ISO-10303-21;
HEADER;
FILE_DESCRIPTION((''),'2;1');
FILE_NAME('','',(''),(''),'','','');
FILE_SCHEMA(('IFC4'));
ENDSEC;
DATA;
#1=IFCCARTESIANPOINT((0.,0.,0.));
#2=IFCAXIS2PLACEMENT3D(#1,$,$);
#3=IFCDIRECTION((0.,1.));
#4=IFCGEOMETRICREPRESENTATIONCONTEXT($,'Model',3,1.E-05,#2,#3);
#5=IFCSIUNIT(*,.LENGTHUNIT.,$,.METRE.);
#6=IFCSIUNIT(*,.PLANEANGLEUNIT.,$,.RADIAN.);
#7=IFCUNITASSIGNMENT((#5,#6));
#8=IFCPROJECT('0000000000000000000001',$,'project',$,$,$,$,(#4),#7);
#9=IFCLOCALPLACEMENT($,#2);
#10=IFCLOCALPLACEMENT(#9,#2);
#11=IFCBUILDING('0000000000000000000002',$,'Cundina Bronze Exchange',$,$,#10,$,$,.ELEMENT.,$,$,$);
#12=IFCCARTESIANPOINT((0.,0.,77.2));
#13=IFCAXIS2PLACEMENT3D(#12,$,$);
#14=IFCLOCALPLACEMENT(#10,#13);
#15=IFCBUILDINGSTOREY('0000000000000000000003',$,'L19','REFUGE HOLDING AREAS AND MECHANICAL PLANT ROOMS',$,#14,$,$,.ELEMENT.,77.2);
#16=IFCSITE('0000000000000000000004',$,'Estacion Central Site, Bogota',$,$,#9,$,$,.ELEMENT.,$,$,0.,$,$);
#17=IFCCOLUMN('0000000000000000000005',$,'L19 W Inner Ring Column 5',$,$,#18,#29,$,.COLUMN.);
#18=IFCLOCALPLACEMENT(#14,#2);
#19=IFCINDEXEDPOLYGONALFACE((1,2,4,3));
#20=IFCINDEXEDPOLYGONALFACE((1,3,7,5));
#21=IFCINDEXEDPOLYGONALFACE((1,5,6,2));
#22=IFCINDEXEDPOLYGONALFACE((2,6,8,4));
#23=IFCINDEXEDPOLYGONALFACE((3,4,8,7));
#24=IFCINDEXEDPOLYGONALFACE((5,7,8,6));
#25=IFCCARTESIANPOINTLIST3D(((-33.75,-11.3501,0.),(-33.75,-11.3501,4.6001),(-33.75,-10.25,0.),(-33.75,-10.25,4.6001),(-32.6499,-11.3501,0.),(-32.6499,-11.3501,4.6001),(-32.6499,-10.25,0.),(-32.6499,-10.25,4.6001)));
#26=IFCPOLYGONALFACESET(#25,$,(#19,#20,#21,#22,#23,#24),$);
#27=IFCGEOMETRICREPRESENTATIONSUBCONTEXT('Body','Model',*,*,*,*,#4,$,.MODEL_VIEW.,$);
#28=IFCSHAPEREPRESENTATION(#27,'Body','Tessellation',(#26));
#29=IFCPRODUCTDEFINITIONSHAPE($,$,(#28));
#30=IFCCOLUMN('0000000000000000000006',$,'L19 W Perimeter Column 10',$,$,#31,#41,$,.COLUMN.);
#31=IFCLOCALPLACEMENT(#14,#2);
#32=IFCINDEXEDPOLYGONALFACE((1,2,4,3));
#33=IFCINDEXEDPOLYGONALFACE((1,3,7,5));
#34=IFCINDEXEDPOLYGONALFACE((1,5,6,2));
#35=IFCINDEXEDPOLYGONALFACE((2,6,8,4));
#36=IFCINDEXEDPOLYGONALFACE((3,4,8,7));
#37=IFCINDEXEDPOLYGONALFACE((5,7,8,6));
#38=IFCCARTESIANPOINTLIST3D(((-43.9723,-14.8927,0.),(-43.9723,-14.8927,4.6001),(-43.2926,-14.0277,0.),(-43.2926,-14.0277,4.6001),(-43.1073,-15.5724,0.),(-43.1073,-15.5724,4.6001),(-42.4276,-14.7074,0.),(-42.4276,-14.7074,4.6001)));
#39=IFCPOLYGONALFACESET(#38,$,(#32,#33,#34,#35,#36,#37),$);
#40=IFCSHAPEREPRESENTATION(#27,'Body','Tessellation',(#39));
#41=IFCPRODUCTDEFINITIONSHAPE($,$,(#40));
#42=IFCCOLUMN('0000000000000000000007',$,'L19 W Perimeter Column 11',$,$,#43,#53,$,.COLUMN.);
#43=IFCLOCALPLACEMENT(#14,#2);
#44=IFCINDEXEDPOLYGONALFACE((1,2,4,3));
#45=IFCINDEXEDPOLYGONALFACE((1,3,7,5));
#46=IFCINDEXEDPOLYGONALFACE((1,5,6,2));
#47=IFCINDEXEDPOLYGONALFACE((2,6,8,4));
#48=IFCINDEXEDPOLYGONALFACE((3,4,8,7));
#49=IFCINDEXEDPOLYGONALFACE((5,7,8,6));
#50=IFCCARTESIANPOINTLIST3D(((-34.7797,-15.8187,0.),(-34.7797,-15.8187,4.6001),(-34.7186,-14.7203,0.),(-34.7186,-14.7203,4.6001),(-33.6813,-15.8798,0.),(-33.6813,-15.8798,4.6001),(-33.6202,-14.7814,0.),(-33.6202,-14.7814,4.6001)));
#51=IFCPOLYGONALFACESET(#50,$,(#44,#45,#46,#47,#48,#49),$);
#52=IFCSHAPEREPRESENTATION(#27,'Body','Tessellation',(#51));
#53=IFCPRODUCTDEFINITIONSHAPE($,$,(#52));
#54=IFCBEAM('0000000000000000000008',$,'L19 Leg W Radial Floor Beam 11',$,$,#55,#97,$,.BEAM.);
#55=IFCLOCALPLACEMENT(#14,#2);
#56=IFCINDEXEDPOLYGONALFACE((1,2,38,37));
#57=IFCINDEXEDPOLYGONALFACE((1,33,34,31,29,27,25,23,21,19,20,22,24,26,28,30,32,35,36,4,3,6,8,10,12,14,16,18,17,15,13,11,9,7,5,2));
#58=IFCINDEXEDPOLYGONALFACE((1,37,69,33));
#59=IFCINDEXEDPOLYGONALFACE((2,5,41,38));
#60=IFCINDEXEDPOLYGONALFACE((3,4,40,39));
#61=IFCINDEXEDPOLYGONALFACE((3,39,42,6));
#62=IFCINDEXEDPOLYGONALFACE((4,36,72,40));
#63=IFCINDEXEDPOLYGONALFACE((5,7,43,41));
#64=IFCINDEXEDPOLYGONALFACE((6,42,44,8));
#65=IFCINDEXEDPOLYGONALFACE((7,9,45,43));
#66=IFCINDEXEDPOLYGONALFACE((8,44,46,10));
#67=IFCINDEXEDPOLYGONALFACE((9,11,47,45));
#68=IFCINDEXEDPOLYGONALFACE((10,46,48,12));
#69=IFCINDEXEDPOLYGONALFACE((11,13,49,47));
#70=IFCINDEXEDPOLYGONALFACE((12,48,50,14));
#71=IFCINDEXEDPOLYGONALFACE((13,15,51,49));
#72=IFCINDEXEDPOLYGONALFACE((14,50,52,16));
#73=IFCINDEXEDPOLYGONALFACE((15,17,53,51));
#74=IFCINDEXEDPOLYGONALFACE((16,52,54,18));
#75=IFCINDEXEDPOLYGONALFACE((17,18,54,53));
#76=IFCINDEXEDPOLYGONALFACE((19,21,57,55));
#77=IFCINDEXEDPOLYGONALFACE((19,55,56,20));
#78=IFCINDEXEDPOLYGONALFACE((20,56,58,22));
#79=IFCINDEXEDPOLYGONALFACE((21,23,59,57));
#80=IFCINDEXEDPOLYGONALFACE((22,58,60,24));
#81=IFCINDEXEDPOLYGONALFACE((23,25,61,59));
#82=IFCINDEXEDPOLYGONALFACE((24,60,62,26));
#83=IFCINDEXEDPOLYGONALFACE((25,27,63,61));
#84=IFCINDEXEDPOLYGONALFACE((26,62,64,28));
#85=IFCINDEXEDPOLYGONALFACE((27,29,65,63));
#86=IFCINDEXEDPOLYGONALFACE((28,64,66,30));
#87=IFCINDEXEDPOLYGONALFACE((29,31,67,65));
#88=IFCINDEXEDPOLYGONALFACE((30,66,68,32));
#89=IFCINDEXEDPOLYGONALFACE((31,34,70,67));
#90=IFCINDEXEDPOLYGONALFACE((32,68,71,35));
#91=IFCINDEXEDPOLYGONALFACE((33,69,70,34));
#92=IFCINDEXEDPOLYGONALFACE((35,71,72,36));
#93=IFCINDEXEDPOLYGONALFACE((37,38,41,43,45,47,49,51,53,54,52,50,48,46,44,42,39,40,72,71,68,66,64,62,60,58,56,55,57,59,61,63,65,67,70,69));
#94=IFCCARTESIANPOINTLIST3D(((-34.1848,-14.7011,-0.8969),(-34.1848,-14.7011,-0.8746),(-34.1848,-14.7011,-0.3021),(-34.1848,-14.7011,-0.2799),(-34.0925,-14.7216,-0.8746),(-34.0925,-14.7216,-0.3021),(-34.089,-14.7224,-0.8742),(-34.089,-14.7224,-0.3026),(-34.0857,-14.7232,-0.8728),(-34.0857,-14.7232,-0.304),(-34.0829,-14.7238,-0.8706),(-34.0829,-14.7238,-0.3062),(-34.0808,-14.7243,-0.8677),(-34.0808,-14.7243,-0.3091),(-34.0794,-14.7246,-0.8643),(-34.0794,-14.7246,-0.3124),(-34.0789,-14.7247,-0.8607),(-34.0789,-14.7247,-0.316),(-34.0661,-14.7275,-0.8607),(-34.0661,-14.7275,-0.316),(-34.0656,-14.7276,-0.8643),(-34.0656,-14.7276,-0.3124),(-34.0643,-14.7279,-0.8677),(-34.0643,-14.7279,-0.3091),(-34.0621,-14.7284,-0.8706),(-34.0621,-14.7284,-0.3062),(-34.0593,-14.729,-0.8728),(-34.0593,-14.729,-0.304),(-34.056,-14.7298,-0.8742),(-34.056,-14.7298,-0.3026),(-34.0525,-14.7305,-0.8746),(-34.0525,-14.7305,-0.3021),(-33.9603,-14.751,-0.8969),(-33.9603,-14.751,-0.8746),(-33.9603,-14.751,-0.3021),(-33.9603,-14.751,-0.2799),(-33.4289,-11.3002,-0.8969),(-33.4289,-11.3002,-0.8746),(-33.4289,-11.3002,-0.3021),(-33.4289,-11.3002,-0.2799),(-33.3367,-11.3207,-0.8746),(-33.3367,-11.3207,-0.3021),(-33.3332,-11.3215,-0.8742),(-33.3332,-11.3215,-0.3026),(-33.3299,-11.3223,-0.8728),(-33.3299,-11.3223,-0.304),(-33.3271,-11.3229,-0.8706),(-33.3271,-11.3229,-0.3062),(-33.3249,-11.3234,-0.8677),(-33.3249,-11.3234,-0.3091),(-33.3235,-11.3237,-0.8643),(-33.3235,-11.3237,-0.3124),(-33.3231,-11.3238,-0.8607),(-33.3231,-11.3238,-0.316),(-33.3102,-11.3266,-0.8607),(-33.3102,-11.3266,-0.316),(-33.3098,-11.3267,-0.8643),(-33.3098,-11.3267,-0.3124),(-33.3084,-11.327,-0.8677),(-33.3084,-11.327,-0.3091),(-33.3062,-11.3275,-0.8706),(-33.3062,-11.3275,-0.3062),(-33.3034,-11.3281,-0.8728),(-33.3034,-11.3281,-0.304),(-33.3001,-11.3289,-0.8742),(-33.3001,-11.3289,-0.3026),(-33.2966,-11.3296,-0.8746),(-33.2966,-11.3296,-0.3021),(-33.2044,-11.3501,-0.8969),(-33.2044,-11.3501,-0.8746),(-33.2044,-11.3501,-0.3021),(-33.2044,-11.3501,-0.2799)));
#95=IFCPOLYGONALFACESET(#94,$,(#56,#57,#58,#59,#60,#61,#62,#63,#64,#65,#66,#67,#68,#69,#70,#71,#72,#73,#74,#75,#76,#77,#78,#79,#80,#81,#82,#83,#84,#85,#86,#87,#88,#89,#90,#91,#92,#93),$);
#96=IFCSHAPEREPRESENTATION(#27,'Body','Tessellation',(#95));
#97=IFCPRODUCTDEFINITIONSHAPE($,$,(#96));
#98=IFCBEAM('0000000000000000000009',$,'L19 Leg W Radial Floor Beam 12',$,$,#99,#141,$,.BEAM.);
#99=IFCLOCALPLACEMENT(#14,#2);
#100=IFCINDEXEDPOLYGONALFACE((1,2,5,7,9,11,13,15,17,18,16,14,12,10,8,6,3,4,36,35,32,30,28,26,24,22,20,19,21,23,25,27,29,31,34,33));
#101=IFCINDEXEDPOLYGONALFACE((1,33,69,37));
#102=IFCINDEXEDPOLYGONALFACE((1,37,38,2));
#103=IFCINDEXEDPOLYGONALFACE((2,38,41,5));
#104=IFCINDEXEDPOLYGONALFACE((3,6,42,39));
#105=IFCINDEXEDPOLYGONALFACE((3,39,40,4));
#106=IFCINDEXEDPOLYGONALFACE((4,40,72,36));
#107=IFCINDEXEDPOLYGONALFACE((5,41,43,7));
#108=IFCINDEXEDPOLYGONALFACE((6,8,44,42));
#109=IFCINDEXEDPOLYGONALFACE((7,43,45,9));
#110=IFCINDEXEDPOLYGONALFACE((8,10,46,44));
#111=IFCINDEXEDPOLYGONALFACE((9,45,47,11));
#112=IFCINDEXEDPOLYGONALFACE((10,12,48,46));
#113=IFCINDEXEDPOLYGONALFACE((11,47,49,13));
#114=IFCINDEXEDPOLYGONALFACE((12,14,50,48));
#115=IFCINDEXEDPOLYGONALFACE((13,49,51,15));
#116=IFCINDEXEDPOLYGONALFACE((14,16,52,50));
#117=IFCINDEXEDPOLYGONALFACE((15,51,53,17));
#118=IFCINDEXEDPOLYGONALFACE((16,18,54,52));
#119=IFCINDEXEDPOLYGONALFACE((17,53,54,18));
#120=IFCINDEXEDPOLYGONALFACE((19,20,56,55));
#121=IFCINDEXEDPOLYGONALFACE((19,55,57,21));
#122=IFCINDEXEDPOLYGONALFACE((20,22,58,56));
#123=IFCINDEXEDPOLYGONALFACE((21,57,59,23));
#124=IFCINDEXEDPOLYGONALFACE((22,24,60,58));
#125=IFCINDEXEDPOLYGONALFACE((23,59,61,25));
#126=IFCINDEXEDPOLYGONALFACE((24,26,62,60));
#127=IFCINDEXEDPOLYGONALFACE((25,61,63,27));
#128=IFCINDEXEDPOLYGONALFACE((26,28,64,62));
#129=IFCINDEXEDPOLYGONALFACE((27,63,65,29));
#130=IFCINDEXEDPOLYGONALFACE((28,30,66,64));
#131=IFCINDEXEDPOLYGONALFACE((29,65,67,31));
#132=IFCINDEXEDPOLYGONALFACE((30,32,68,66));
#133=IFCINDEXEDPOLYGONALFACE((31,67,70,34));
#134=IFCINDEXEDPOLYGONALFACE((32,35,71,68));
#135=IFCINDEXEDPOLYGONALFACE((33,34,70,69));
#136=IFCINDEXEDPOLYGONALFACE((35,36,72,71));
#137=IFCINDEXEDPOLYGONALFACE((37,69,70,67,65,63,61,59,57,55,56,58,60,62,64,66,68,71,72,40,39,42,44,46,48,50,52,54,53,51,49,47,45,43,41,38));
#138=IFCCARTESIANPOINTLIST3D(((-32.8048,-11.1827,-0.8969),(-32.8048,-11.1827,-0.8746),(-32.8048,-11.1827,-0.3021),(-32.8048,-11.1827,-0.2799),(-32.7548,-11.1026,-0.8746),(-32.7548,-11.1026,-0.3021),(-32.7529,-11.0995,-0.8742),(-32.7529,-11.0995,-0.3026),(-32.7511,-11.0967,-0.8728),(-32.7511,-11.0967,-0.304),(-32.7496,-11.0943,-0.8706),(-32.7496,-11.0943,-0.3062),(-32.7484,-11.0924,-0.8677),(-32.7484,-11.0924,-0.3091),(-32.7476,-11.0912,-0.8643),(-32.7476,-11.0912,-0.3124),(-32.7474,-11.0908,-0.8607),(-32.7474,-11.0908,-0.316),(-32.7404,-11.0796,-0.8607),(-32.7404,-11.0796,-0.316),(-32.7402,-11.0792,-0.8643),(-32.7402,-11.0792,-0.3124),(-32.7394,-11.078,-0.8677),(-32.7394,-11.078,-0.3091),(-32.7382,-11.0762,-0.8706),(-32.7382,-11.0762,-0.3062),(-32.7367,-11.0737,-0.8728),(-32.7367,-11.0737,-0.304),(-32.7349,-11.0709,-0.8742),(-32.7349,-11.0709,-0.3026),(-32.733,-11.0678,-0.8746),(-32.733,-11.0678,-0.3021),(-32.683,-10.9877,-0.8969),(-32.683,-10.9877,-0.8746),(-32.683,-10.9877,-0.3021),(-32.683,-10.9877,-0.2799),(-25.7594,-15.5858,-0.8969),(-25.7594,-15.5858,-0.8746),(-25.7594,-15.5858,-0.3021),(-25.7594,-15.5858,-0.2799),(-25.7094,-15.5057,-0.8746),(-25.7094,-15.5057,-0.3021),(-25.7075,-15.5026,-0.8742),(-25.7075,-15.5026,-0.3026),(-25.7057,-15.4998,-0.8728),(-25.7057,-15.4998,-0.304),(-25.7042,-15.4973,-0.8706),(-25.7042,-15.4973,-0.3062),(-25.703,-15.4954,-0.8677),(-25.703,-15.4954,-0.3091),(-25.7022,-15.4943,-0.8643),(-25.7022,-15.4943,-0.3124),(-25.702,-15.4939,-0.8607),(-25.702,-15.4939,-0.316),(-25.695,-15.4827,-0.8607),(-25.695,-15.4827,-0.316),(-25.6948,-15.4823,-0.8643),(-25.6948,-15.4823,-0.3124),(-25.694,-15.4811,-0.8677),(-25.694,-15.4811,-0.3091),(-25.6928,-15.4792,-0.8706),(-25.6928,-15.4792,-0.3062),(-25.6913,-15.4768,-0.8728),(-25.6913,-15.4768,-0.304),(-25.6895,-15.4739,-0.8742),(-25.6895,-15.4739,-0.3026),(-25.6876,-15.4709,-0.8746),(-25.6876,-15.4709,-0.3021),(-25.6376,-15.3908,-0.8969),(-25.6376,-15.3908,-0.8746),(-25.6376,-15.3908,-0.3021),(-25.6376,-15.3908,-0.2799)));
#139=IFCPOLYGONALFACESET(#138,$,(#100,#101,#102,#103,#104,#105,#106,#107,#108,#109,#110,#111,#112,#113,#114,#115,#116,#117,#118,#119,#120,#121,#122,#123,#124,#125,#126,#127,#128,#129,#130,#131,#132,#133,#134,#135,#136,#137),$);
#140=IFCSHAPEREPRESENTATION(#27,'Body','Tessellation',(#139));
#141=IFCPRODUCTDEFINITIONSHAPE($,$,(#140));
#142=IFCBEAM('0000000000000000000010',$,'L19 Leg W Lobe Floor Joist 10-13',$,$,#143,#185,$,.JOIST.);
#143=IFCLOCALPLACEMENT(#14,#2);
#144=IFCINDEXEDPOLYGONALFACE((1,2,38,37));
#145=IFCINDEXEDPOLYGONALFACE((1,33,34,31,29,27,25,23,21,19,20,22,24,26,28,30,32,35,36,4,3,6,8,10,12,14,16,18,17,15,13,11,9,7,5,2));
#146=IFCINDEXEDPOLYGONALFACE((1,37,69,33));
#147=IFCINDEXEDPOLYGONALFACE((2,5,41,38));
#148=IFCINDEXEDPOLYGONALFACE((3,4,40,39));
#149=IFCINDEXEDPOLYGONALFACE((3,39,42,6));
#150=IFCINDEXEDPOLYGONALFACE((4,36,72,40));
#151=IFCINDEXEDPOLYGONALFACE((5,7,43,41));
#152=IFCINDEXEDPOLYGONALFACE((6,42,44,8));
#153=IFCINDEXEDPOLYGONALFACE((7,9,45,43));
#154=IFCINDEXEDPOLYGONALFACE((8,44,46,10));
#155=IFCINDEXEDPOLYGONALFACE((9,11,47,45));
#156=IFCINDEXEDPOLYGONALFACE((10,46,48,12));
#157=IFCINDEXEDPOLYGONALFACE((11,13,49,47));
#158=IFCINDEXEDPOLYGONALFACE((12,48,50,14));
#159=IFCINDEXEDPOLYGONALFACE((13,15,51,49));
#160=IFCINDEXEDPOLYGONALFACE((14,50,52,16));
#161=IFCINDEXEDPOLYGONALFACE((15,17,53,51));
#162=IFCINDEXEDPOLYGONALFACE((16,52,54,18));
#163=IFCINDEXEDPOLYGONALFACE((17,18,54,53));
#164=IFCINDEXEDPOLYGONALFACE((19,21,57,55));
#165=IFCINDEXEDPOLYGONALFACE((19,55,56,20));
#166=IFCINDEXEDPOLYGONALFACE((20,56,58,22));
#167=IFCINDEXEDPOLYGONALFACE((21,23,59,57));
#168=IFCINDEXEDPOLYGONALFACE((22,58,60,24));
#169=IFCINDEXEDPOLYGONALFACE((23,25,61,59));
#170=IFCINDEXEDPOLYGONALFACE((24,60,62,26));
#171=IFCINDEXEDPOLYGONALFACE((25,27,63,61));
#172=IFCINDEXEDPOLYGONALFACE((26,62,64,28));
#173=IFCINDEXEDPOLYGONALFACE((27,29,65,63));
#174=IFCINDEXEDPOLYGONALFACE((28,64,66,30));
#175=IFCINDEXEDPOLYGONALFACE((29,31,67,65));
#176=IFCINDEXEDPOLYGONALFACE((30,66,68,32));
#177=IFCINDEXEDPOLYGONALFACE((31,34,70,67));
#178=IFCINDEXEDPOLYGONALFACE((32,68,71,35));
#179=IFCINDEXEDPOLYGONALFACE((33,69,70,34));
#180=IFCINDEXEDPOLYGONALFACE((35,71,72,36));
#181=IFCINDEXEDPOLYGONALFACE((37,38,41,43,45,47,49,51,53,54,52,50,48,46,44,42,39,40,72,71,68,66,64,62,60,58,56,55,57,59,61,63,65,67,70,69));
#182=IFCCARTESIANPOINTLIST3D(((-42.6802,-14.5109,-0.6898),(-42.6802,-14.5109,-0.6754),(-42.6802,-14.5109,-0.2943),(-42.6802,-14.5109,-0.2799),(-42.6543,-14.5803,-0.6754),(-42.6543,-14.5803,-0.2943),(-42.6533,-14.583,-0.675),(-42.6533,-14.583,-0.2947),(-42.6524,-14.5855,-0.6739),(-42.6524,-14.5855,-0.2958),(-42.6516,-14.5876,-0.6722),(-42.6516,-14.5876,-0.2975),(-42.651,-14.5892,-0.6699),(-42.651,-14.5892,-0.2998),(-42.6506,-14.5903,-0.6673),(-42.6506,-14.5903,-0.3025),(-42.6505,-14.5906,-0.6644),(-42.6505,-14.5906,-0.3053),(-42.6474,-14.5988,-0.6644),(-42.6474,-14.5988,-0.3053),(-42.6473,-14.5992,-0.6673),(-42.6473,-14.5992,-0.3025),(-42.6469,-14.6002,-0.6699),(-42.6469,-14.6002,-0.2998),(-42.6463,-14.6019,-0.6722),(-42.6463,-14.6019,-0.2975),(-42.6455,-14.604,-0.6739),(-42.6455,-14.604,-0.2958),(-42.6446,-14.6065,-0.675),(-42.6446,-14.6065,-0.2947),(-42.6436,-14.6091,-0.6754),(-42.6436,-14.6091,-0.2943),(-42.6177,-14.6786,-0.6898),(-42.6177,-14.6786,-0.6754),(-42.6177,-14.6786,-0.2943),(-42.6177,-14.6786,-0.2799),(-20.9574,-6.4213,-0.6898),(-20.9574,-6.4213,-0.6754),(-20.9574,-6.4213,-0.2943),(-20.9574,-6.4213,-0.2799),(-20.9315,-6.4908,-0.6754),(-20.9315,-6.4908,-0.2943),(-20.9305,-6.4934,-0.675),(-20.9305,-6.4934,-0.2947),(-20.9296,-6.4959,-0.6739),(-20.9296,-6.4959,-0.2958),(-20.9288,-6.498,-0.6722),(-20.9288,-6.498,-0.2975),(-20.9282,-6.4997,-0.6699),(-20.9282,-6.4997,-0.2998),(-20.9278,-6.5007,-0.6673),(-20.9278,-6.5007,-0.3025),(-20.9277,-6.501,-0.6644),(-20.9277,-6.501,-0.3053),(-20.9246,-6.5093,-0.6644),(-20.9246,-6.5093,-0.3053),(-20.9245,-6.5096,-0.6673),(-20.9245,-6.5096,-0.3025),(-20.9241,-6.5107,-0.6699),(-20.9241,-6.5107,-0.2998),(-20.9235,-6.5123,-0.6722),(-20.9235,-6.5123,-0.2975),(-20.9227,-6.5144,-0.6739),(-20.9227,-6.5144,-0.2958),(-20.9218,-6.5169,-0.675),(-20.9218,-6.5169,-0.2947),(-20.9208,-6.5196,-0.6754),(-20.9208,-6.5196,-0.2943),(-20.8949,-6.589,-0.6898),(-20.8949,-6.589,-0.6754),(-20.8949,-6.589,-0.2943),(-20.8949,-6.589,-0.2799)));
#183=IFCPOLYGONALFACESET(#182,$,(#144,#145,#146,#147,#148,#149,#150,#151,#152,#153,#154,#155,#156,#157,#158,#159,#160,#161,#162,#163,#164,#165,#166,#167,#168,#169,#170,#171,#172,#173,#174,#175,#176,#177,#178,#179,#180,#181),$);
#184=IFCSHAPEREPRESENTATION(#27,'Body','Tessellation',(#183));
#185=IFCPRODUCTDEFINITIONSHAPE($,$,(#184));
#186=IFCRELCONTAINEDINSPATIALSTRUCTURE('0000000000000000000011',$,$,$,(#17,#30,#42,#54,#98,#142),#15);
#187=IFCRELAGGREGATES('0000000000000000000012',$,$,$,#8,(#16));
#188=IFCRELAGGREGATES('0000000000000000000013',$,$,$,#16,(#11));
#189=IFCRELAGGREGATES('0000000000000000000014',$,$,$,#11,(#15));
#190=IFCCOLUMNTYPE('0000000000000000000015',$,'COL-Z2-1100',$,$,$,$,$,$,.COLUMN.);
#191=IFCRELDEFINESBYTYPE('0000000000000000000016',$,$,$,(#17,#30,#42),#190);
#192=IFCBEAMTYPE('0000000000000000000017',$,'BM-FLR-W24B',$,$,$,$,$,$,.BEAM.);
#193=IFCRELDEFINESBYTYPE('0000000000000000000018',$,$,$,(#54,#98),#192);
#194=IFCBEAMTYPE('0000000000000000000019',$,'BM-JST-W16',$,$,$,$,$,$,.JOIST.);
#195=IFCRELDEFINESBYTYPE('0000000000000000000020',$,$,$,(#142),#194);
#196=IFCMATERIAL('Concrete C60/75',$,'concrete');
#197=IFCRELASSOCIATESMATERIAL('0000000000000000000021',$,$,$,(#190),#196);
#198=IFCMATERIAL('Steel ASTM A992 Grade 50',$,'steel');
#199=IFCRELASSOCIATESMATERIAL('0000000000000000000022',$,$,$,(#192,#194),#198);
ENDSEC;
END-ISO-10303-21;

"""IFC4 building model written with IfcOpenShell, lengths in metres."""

from ifc_helpers import new_model, si_unit, direction, frame, origin, origin_2d, place, context, subcontext, project, spatial, rectangle, i_section, extrude, material, material_profile, profile_set, type_object, element, save


model = new_model("IFC4")

# Units and contexts
model_context = context("Model", 3, precision=1e-05, world=origin(), true_north=direction((0.0, 1.0)))
body_context = subcontext(model_context, "Body", "Model", "MODEL_VIEW")
ifc_project = project(units=[si_unit("LENGTHUNIT", "METRE"), si_unit("PLANEANGLEUNIT", "RADIAN")], contexts=[model_context])

# Site, building, storey
site_placement = place(None, origin())
site = spatial("IfcSite", under=ifc_project, at=site_placement, Name="Estacion Central Site, Bogota", CompositionType="ELEMENT", RefElevation=0.0)
building_placement = place(site_placement, origin())
building = spatial("IfcBuilding", under=site, at=building_placement, Name="Cundina Bronze Exchange", CompositionType="ELEMENT")
storey_placement = place(building_placement, frame((0.0, 0.0, 77.2)))
storey = spatial("IfcBuildingStorey", under=building, at=storey_placement, Name="L19", Description="REFUGE HOLDING AREAS AND MECHANICAL PLANT ROOMS", CompositionType="ELEMENT", Elevation=77.2)

# Columns
ifc_material_1 = material(Name="Concrete C60/75", Category="concrete")
ifc_material_profile_1 = material_profile(ifc_material_1, rectangle(XDim=1.1001, YDim=1.1001, at=origin_2d()), Name="RC1100X1100", Category="concrete")
ifc_profile_set_1 = profile_set([ifc_material_profile_1], Name="Concrete C60/75")
column_type = type_object("IfcColumnType", Name="COL-Z2-1100", PredefinedType="COLUMN", material=ifc_profile_set_1)
for number, where, z_axis, x_axis, name in (
    (1, (-33.2, -10.8, 0.0), (0.0, 0.0, 1.0), (1.0, 0.0, 0.0), "L19 W Inner Ring Column 5"),
    (2, (-43.2, -14.8, 0.0), (0.0, 0.0, 1.0), (0.786288, -0.61786, 0.0), "L19 W Perimeter Column 10"),
    (3, (-34.2, -15.3, 0.0), (0.0, 0.0, 1.0), (0.99846, -0.055473, 0.0), "L19 W Perimeter Column 11"),
):
    element("IfcColumn", number, at=place(storey_placement, frame(where, z_axis=z_axis, x_axis=x_axis)), inside=storey, type_object=column_type, Name=name, PredefinedType="COLUMN", context=body_context, shape_type="SweptSolid", body=[
        extrude(rectangle(XDim=1.1001, YDim=1.1001, at=origin_2d()), origin(), (0.0, 0.0, 1.0), 4.6001),
    ])

# Beams
ifc_material_2 = material(Name="Steel ASTM A992 Grade 50", Category="steel")
ifc_material_profile_2 = material_profile(ifc_material_2, i_section(OverallWidth=0.23, OverallDepth=0.6169, WebThickness=0.0132, FlangeThickness=0.0222, FilletRadius=0.0139, at=origin_2d()), Name="W24X94", Category="steel")
ifc_profile_set_2 = profile_set([ifc_material_profile_2], Name="Steel ASTM A992 Grade 50")
beam_type_1 = type_object("IfcBeamType", Name="BM-FLR-W24B", PredefinedType="BEAM", material=ifc_profile_set_2)
beam_1_placement = place(storey_placement, frame((-33.3167, -11.3252, -0.5884), z_axis=(-0.21696, -0.97618, 0.0), x_axis=(0.97618, -0.21696, 0.0)))
element("IfcBeam", 4, at=beam_1_placement, inside=storey, type_object=beam_type_1, Name="L19 Leg W Radial Floor Beam 11", PredefinedType="BEAM", context=body_context, shape_type="SweptSolid", body=[
    extrude(i_section(OverallWidth=0.23, OverallDepth=0.6169, WebThickness=0.0132, FlangeThickness=0.0222, FilletRadius=0.0139, at=origin_2d()), origin(), (0.0, 0.0, 1.0), 3.4839),
])
beam_2_placement = place(storey_placement, frame((-32.7439, -11.0852, -0.5884), z_axis=(0.848015, -0.529973, 0.0), x_axis=(0.529973, 0.848015, 0.0)))
element("IfcBeam", 5, at=beam_2_placement, inside=storey, type_object=beam_type_1, Name="L19 Leg W Radial Floor Beam 12", PredefinedType="BEAM", context=body_context, shape_type="SweptSolid", body=[
    extrude(i_section(OverallWidth=0.23, OverallDepth=0.6169, WebThickness=0.0132, FlangeThickness=0.0222, FilletRadius=0.0139, at=origin_2d()), origin(), (0.0, 0.0, 1.0), 8.3081),
])
ifc_material_profile_3 = material_profile(ifc_material_2, i_section(OverallWidth=0.179, OverallDepth=0.4099, WebThickness=0.0088, FlangeThickness=0.0144, FilletRadius=0.011, at=origin_2d()), Name="W16X45", Category="steel")
ifc_profile_set_3 = profile_set([ifc_material_profile_3], Name="Steel ASTM A992 Grade 50")
beam_type_2 = type_object("IfcBeamType", Name="BM-JST-W16", PredefinedType="JOIST", material=ifc_profile_set_3)
beam_3_placement = place(storey_placement, frame((-42.6489, -14.5947, -0.4849), z_axis=(0.937128, 0.348986, 0.0), x_axis=(-0.348986, 0.937128, 0.0)))
element("IfcBeam", 6, at=beam_3_placement, inside=storey, type_object=beam_type_2, Name="L19 Leg W Lobe Floor Joist 10-13", PredefinedType="JOIST", context=body_context, shape_type="SweptSolid", body=[
    extrude(i_section(OverallWidth=0.179, OverallDepth=0.4099, WebThickness=0.0088, FlangeThickness=0.0144, FilletRadius=0.011, at=origin_2d()), origin(), (0.0, 0.0, 1.0), 23.1802),
])

save(model, "model.ifc")
